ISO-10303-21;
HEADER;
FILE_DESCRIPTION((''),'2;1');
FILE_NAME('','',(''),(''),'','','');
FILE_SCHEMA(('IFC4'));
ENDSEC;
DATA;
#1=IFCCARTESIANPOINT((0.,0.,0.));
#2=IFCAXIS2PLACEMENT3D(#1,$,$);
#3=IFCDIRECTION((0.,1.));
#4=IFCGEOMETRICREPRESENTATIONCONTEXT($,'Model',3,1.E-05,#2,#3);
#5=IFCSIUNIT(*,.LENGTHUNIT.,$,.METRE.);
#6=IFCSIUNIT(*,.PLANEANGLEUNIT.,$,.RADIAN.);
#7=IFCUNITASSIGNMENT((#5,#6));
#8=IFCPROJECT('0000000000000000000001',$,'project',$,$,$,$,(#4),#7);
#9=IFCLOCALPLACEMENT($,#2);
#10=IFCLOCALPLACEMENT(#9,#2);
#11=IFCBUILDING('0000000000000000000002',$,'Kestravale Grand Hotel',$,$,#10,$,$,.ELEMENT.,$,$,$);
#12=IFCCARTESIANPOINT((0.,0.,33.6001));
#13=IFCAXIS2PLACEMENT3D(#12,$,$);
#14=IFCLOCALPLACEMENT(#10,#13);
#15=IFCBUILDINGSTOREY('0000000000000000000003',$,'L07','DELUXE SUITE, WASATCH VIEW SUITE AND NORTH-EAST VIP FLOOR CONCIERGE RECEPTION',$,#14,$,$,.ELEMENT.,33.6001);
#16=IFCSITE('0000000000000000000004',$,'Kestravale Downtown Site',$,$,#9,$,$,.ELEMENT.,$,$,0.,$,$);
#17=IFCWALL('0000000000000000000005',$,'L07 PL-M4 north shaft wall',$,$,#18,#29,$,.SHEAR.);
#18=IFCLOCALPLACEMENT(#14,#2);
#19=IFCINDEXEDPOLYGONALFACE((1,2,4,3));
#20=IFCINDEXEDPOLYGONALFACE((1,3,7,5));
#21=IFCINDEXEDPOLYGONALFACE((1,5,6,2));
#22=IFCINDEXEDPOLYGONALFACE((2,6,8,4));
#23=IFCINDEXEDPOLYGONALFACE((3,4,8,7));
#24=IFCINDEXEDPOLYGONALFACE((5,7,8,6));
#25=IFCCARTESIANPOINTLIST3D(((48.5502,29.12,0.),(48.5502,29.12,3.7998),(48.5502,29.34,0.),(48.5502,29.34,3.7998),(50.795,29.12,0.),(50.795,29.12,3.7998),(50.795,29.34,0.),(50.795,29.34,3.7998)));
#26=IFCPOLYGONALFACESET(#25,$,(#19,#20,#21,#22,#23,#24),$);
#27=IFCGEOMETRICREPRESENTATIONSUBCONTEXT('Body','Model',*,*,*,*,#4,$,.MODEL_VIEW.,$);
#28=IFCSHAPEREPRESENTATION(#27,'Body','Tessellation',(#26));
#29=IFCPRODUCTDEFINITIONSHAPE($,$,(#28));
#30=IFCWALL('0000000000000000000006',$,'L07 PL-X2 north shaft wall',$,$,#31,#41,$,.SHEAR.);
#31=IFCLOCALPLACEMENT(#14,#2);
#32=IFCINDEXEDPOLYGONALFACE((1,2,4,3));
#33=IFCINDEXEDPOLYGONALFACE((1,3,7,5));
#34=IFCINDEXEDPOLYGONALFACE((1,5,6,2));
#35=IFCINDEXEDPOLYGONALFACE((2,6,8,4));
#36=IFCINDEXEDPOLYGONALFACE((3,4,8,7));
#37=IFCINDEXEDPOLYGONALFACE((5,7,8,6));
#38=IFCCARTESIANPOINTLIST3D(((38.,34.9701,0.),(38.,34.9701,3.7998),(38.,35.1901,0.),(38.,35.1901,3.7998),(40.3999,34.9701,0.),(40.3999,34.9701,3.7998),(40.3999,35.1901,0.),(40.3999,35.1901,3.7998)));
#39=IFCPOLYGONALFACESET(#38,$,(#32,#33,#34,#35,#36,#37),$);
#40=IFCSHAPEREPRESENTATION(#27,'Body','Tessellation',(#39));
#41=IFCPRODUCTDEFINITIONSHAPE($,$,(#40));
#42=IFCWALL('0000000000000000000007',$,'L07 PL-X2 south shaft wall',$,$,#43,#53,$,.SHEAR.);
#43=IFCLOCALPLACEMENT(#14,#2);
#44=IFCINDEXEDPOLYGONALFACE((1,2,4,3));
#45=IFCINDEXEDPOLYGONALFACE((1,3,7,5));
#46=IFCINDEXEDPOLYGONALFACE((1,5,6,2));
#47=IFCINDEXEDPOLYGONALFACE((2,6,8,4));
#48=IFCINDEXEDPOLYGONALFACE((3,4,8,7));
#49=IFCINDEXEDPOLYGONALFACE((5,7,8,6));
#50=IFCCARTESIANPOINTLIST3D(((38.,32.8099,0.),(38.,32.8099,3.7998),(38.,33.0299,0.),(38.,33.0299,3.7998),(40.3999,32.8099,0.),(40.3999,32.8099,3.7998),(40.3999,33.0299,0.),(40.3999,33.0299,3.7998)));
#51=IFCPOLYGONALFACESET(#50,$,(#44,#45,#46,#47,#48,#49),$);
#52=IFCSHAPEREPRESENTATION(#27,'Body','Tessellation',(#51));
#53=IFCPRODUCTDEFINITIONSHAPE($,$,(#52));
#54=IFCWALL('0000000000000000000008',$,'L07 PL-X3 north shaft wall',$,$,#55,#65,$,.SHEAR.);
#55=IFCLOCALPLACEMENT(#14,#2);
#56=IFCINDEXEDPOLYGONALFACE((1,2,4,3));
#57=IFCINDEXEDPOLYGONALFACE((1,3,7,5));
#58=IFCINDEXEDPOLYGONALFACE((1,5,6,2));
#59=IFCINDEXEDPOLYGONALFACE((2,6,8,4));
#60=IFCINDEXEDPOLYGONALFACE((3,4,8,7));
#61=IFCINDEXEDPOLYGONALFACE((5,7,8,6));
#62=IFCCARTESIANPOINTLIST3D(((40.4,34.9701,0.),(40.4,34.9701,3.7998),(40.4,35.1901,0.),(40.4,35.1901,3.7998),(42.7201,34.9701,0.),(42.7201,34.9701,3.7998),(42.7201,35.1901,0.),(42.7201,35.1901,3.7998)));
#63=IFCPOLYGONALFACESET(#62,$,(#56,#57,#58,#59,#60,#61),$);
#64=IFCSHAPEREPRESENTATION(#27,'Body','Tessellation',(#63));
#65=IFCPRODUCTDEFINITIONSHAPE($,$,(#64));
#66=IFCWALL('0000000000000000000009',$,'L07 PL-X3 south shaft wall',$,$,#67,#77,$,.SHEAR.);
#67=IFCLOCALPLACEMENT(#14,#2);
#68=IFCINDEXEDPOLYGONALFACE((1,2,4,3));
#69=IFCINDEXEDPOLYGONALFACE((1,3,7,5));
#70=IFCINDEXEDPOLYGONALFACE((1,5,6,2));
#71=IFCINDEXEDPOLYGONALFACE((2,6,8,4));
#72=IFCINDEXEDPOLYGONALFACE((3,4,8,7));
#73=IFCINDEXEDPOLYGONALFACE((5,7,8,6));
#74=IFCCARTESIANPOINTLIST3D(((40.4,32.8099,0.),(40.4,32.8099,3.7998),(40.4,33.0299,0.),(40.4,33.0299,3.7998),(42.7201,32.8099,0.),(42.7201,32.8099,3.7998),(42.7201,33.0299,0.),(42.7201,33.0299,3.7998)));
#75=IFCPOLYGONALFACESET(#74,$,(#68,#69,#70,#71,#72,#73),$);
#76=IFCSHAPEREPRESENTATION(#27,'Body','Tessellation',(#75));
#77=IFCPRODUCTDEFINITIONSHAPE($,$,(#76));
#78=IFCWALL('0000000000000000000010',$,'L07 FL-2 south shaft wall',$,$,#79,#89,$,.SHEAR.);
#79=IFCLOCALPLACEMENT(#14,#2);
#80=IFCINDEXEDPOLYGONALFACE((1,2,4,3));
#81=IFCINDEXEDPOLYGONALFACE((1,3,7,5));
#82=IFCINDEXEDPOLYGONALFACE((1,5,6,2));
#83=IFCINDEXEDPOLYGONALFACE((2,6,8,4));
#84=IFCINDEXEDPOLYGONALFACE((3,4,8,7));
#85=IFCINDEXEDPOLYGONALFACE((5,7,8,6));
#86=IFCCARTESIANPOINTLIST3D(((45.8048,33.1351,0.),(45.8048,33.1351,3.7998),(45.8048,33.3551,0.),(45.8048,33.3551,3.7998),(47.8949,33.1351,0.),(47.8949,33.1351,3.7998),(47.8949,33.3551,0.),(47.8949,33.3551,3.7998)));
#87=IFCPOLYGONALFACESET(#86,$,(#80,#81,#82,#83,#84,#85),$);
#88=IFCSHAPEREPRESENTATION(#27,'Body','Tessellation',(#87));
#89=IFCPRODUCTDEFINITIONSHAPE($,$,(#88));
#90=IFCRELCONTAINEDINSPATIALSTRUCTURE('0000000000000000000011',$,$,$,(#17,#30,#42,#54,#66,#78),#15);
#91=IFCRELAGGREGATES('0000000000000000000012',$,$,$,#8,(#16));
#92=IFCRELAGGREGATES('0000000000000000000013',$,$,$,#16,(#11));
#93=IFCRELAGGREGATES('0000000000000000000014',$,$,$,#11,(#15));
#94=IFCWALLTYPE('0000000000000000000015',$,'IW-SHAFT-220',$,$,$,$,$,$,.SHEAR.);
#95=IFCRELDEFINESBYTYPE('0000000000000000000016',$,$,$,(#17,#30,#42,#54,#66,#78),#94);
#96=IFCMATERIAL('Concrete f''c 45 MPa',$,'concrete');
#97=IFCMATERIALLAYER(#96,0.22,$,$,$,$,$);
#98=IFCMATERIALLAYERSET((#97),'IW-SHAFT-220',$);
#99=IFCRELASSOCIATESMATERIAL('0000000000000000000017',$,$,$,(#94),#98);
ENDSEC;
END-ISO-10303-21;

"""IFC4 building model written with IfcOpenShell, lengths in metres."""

from ifc_helpers import new_model, si_unit, direction, frame, frame_2d, origin, place, context, subcontext, project, spatial, rectangle, extrude, material, layer, layer_set, type_object, element, save


model = new_model("IFC4")

# Units and contexts
model_context = context("Model", 3, precision=1e-05, world=origin(), true_north=direction((0.0, 1.0)))
body_context = subcontext(model_context, "Body", "Model", "MODEL_VIEW")
ifc_project = project(units=[si_unit("LENGTHUNIT", "METRE"), si_unit("PLANEANGLEUNIT", "RADIAN")], contexts=[model_context])

# Site, building, storey
site_placement = place(None, origin())
site = spatial("IfcSite", under=ifc_project, at=site_placement, Name="Kestravale Downtown Site", CompositionType="ELEMENT", RefElevation=0.0)
building_placement = place(site_placement, origin())
building = spatial("IfcBuilding", under=site, at=building_placement, Name="Kestravale Grand Hotel", CompositionType="ELEMENT")
storey_placement = place(building_placement, frame((0.0, 0.0, 33.6001)))
storey = spatial("IfcBuildingStorey", under=building, at=storey_placement, Name="L07", Description="DELUXE SUITE, WASATCH VIEW SUITE AND NORTH-EAST VIP FLOOR CONCIERGE RECEPTION", CompositionType="ELEMENT", Elevation=33.6001)

# Walls
ifc_material_1 = material(Name="Concrete f'c 45 MPa", Category="concrete")
ifc_layer_1 = layer(ifc_material_1, 0.22)
ifc_layer_set_1 = layer_set([ifc_layer_1], Name="IW-SHAFT-220")
wall_type_1 = type_object("IfcWallType", Name="IW-SHAFT-220", PredefinedType="SHEAR", material=ifc_layer_set_1)
wall_1_placement = place(storey_placement, frame((48.55, 29.23, 0.0), z_axis=(0.0, 0.0, 1.0), x_axis=(1.0, 0.0, 0.0)))
element("IfcWall", 1, at=wall_1_placement, inside=storey, type_object=wall_type_1, Name="L07 PL-M4 north shaft wall", PredefinedType="SHEAR", context=body_context, shape_type="SweptSolid", body=[
    extrude(rectangle(XDim=2.2449, YDim=0.22, at=frame_2d((1.1226, 0.0))), origin(), (0.0, 0.0, 1.0), 3.7998),
])
for number, where, z_axis, x_axis, name in (
    (2, (38.0, 35.0801, 0.0), (0.0, 0.0, 1.0), (1.0, 0.0, 0.0), "L07 PL-X2 north shaft wall"),
    (3, (38.0, 32.9199, 0.0), (0.0, 0.0, 1.0), (1.0, 0.0, 0.0), "L07 PL-X2 south shaft wall"),
):
    element("IfcWall", number, at=place(storey_placement, frame(where, z_axis=z_axis, x_axis=x_axis)), inside=storey, type_object=wall_type_1, Name=name, PredefinedType="SHEAR", context=body_context, shape_type="SweptSolid", body=[
        extrude(rectangle(XDim=2.3999, YDim=0.22, at=frame_2d((1.2, 0.0))), origin(), (0.0, 0.0, 1.0), 3.7998),
    ])
for number, where, z_axis, x_axis, name in (
    (4, (40.3999, 35.0801, 0.0), (0.0, 0.0, 1.0), (1.0, 0.0, 0.0), "L07 PL-X3 north shaft wall"),
    (5, (40.3999, 32.9199, 0.0), (0.0, 0.0, 1.0), (1.0, 0.0, 0.0), "L07 PL-X3 south shaft wall"),
):
    element("IfcWall", number, at=place(storey_placement, frame(where, z_axis=z_axis, x_axis=x_axis)), inside=storey, type_object=wall_type_1, Name=name, PredefinedType="SHEAR", context=body_context, shape_type="SweptSolid", body=[
        extrude(rectangle(XDim=2.3201, YDim=0.22, at=frame_2d((1.1602, 0.0))), origin(), (0.0, 0.0, 1.0), 3.7998),
    ])

# Wall
wall_2_placement = place(storey_placement, frame((45.8049, 33.2451, 0.0), z_axis=(0.0, 0.0, 1.0), x_axis=(1.0, 0.0, 0.0)))
element("IfcWall", 6, at=wall_2_placement, inside=storey, type_object=wall_type_1, Name="L07 FL-2 south shaft wall", PredefinedType="SHEAR", context=body_context, shape_type="SweptSolid", body=[
    extrude(rectangle(XDim=2.0901, YDim=0.22, at=frame_2d((1.0449, 0.0))), origin(), (0.0, 0.0, 1.0), 3.7998),
])

save(model, "model.ifc")
